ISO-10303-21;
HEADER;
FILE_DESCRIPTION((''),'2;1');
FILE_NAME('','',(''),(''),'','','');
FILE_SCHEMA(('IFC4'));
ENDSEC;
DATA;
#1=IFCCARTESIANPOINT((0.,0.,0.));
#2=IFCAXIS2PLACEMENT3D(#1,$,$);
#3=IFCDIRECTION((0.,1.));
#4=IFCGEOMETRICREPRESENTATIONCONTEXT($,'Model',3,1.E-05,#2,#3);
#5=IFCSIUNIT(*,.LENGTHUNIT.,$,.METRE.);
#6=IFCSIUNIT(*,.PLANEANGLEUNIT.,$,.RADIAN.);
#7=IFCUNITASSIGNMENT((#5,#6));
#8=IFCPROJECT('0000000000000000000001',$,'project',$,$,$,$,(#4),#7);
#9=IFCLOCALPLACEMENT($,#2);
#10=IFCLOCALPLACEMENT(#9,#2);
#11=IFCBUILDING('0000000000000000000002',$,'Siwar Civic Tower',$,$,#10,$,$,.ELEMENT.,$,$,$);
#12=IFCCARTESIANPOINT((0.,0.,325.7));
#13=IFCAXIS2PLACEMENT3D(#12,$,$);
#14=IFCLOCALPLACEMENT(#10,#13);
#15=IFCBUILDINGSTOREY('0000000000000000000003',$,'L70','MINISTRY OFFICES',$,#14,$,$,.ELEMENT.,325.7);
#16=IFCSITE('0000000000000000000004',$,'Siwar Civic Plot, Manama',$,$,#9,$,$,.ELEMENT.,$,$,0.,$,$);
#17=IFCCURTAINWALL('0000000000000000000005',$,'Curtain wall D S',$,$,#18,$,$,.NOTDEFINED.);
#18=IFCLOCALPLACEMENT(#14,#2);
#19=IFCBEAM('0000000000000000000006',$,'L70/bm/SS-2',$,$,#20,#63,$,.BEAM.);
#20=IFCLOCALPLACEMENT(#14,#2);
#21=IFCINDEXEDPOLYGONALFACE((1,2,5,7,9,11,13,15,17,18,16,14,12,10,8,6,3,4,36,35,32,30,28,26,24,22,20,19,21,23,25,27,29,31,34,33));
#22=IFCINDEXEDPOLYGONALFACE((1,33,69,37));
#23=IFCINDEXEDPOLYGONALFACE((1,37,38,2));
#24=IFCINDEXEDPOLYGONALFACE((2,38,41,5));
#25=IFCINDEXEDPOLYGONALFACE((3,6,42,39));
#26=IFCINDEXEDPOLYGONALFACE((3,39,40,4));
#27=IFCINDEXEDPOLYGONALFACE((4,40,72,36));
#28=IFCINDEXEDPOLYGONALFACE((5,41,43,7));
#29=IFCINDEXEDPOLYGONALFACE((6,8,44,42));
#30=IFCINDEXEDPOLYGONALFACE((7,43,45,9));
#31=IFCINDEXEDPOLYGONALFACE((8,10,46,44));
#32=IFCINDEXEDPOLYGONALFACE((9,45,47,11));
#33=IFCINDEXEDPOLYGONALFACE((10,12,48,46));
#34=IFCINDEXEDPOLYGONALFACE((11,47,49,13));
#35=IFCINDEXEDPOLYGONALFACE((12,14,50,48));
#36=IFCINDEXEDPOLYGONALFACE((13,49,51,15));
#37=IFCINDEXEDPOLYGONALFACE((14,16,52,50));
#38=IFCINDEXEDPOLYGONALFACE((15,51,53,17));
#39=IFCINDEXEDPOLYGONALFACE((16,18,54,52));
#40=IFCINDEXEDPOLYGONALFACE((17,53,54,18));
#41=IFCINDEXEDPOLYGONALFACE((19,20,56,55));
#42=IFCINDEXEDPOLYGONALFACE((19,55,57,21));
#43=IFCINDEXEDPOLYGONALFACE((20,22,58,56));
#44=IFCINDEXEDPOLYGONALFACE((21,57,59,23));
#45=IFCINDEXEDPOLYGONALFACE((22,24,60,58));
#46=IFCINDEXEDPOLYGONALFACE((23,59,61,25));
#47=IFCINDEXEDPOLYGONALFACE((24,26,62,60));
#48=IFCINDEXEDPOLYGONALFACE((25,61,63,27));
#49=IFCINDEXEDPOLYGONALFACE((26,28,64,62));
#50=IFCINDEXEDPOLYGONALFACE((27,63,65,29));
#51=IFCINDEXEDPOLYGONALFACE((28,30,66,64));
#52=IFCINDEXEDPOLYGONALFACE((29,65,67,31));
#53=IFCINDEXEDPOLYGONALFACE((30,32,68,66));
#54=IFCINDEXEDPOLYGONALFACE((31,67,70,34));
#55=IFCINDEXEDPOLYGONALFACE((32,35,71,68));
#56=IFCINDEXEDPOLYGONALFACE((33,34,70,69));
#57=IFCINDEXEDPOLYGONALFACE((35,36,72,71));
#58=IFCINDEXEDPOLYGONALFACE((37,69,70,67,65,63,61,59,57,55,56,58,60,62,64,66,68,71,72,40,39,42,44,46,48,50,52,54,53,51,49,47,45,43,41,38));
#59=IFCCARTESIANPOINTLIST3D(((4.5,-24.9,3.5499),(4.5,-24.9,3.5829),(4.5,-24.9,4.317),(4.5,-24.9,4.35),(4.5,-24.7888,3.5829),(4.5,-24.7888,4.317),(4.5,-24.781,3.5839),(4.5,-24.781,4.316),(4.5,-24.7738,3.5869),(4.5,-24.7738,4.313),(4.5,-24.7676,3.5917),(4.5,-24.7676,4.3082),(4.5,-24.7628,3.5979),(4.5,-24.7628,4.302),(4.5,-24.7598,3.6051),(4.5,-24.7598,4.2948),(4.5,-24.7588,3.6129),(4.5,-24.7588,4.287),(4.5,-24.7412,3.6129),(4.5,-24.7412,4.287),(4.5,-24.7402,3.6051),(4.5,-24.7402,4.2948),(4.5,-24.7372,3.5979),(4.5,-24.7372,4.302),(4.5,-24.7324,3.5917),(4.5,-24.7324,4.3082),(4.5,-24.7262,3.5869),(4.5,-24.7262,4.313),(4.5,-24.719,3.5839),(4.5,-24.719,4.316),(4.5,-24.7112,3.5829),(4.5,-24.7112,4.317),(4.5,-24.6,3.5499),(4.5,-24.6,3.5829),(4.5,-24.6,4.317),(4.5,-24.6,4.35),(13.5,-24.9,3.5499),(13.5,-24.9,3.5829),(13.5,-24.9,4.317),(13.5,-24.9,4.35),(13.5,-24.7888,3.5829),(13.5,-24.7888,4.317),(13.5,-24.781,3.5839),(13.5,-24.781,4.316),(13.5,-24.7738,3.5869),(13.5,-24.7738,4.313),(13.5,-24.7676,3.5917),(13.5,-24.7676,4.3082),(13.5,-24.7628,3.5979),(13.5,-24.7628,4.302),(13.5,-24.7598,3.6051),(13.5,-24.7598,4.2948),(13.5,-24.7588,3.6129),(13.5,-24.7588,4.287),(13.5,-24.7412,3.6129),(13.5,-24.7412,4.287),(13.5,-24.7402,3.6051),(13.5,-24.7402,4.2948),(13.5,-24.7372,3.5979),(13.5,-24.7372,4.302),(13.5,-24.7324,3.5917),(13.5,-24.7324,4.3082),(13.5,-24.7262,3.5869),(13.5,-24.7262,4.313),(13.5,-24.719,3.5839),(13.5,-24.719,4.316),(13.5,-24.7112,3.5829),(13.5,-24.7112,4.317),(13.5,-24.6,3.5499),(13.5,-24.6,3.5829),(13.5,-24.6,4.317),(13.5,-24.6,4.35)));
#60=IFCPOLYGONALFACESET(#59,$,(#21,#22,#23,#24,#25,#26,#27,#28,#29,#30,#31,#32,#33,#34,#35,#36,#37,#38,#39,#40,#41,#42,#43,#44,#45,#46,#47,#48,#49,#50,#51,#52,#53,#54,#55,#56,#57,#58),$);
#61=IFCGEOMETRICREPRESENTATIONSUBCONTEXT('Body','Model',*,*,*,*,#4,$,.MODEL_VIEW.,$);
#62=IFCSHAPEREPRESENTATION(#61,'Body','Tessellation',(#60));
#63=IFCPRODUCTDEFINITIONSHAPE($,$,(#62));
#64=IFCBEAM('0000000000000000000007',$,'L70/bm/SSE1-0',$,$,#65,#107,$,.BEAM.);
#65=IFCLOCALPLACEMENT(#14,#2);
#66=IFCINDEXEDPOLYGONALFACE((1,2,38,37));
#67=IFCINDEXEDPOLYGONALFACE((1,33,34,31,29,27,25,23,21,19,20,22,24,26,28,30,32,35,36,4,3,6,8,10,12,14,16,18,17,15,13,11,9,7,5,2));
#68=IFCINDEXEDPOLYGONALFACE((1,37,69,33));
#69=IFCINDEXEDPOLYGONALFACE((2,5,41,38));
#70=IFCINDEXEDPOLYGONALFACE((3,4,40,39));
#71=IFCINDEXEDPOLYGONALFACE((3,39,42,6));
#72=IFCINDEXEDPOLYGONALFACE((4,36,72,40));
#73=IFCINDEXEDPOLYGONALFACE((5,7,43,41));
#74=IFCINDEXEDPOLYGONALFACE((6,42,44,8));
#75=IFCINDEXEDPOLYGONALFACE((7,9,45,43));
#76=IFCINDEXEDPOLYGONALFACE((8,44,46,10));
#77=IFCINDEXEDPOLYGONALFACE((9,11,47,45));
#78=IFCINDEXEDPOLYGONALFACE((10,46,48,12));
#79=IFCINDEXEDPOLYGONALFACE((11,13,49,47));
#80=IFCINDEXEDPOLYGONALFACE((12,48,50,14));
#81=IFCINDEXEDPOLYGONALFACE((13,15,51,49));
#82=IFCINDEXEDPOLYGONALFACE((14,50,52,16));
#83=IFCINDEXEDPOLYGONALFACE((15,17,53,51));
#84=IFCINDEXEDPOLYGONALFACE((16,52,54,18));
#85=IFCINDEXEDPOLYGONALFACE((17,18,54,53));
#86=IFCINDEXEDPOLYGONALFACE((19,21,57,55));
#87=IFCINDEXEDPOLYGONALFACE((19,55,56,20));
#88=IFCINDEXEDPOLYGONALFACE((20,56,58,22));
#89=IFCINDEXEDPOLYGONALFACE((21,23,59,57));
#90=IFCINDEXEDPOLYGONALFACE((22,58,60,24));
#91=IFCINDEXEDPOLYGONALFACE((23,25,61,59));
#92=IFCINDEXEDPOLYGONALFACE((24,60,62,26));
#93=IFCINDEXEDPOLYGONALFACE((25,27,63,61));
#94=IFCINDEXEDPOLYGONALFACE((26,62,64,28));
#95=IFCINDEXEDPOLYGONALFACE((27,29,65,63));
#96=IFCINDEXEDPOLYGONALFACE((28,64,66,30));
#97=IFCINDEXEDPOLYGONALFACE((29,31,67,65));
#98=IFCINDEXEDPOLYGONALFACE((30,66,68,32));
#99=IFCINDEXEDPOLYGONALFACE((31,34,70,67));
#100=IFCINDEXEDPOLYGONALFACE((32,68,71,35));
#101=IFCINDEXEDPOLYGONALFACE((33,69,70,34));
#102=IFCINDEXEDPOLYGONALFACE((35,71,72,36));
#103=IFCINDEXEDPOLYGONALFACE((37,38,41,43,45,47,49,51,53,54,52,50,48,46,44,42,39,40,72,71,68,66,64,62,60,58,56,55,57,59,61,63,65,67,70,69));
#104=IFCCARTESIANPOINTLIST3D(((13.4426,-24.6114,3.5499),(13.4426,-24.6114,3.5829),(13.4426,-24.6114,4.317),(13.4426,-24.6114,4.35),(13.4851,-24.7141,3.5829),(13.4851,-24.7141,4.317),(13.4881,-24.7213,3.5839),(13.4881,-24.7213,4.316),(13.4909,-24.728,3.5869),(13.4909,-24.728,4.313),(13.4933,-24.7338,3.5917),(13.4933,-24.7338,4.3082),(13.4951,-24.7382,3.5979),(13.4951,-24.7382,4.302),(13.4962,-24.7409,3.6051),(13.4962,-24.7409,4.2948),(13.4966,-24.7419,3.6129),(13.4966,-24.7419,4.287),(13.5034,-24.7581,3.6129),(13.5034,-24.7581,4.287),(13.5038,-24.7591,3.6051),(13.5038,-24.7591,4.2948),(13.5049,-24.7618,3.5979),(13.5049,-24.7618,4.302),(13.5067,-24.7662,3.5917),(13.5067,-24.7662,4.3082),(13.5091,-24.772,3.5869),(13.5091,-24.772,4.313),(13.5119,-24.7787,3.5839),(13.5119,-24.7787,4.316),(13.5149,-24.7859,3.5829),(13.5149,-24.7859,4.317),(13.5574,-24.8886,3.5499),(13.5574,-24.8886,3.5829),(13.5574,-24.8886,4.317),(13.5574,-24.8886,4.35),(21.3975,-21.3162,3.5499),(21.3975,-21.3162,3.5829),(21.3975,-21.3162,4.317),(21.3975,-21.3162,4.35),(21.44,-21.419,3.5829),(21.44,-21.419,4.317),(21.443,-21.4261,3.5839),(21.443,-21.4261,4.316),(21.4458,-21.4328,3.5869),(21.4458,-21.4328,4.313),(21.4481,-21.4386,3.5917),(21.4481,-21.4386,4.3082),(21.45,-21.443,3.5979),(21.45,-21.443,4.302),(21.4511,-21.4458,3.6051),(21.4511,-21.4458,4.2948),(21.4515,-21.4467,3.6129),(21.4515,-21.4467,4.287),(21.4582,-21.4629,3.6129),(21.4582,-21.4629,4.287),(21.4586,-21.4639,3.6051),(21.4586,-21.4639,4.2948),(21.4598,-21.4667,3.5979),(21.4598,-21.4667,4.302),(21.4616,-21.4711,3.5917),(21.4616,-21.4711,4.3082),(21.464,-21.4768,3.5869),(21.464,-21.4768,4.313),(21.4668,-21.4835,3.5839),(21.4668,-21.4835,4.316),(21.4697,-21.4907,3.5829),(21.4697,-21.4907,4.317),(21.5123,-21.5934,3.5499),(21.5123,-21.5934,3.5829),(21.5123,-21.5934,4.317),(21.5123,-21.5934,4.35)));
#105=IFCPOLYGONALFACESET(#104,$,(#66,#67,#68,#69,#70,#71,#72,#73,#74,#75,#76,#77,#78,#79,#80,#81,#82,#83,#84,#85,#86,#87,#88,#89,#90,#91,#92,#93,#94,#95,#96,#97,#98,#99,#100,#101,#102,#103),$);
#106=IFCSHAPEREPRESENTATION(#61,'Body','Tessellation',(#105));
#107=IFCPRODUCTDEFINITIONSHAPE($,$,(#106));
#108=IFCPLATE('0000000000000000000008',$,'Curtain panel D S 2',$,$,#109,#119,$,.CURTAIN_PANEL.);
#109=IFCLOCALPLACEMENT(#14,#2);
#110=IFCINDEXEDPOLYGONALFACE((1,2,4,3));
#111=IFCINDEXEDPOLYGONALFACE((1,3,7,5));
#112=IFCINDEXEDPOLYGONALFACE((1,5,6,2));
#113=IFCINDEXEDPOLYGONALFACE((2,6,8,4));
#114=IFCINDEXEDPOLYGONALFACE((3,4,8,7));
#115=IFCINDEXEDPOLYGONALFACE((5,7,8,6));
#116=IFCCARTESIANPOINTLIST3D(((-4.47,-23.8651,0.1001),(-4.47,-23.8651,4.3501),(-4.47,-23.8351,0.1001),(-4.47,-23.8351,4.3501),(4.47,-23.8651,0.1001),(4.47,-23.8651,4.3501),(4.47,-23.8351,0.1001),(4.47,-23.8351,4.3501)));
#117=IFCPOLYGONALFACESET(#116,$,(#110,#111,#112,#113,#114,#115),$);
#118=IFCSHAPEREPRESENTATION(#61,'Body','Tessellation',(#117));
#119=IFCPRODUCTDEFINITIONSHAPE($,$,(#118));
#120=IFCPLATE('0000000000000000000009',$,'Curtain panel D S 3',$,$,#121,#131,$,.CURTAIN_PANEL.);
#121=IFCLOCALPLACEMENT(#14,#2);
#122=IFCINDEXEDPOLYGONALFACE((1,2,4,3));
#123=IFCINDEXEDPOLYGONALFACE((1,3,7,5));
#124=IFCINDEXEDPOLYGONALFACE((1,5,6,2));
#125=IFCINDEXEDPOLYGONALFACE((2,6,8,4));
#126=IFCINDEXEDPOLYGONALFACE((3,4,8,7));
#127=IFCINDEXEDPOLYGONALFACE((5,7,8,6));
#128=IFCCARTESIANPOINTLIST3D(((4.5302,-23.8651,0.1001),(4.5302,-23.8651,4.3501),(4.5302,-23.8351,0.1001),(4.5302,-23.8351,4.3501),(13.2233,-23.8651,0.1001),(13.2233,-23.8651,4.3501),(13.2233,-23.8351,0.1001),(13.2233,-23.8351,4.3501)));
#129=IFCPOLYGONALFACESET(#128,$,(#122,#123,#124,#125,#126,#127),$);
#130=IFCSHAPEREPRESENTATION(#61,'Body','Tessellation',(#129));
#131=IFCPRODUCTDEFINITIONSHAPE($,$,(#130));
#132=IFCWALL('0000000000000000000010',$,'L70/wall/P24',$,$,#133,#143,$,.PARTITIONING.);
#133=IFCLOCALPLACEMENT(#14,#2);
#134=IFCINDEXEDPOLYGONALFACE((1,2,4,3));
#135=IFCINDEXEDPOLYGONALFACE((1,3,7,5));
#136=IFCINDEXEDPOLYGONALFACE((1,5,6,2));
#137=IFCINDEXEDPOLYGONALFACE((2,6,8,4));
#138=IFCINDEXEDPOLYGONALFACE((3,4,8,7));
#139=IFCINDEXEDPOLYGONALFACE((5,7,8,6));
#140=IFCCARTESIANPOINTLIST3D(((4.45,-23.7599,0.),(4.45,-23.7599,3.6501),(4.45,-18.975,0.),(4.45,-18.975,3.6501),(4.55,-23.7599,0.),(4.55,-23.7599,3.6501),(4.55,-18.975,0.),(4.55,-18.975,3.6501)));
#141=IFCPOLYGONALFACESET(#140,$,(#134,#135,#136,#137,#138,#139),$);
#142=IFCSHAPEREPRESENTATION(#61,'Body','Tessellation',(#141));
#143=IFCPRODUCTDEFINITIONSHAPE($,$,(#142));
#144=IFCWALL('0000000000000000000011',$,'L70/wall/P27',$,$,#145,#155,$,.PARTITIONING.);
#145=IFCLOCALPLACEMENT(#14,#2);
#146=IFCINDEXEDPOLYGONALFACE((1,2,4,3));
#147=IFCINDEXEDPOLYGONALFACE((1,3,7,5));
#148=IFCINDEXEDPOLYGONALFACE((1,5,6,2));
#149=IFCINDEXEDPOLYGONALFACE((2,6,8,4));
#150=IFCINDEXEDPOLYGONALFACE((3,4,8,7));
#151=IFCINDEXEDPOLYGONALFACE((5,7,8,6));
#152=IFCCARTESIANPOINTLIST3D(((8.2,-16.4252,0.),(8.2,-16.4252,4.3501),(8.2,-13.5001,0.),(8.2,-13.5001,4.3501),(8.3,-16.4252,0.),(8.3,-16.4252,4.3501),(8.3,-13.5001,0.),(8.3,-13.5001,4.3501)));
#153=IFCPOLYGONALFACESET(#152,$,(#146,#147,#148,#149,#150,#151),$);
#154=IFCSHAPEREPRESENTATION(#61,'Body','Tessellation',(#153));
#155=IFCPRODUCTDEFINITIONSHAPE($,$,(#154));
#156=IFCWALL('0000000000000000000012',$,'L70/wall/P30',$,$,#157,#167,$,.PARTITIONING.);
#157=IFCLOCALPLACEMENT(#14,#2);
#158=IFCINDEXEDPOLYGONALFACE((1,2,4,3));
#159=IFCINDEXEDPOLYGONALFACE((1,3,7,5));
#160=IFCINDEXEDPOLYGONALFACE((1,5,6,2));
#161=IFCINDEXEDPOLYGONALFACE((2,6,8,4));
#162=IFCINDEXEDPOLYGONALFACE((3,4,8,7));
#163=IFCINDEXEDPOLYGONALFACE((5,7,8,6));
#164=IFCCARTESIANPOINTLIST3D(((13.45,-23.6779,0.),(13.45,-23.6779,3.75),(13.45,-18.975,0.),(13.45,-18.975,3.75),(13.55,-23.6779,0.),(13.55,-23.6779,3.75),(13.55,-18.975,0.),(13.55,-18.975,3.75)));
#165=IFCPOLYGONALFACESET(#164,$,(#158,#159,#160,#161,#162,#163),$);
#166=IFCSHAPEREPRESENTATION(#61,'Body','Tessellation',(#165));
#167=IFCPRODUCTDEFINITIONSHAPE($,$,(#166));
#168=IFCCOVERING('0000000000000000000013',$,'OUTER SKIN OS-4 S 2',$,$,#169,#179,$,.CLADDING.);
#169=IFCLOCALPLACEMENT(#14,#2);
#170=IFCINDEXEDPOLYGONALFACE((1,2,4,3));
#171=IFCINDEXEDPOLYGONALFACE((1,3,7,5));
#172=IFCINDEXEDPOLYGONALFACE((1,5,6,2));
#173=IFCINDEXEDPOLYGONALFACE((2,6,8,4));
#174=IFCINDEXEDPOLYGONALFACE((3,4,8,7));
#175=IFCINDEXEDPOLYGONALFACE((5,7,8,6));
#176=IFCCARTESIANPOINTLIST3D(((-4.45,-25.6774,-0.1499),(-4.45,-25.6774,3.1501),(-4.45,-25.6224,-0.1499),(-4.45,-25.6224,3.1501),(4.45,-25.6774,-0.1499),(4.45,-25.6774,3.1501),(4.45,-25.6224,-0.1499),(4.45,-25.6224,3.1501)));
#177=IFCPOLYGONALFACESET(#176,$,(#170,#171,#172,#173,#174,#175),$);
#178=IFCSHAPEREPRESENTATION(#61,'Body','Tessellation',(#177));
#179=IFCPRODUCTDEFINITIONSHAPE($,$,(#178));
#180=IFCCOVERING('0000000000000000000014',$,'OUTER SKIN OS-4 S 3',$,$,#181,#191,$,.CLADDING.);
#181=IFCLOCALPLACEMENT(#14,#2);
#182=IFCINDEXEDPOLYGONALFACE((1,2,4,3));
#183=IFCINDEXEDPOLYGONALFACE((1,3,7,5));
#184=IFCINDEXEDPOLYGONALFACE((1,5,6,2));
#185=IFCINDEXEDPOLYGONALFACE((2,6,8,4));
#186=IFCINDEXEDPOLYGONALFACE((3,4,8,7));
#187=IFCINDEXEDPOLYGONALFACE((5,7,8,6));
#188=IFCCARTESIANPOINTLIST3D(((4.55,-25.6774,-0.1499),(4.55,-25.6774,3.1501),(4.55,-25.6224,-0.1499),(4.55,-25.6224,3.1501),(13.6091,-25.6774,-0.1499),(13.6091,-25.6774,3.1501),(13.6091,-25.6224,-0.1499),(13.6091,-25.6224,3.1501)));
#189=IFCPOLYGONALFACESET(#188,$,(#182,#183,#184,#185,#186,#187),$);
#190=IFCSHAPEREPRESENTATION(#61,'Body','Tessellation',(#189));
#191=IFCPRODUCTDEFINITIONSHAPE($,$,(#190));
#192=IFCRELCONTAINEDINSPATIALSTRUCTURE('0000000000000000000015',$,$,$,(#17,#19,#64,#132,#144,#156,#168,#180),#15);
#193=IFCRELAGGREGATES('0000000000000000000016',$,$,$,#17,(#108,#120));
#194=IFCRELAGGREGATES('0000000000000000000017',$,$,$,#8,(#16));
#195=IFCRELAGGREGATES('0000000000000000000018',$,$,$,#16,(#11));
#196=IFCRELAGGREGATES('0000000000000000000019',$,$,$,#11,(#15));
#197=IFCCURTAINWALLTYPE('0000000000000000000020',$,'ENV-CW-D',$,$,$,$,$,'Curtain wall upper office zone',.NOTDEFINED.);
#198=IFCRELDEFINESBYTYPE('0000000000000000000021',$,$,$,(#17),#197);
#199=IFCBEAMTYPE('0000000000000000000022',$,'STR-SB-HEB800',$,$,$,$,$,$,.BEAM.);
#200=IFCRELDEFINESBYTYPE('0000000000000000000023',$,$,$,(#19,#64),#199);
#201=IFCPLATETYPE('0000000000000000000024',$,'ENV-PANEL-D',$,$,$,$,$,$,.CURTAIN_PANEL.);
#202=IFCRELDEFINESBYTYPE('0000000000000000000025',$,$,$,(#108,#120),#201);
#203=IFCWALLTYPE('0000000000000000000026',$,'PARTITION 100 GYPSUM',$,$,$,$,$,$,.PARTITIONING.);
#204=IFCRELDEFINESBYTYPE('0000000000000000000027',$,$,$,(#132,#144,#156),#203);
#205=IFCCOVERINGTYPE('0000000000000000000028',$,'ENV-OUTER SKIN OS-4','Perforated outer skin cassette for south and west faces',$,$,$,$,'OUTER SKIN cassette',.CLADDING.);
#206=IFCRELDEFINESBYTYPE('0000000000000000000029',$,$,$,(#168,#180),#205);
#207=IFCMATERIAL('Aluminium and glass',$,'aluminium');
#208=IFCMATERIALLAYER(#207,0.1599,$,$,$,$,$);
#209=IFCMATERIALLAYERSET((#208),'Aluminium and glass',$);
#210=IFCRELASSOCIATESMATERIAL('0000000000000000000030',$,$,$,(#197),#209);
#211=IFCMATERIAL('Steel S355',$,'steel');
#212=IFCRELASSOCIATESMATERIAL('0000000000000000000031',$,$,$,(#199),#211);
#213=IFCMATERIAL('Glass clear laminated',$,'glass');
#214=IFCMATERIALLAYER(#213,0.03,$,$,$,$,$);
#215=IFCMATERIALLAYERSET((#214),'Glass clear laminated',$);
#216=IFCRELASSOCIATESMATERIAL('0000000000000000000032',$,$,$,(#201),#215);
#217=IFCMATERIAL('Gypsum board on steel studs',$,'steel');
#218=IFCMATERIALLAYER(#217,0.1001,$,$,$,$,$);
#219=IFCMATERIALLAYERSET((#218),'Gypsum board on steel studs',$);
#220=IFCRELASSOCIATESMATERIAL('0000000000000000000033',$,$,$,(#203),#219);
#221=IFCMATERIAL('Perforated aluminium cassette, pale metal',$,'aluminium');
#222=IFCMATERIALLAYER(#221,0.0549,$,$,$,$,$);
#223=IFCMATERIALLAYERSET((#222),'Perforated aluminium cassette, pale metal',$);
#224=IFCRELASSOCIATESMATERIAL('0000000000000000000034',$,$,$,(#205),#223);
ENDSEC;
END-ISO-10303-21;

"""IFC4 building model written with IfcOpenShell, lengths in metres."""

from ifc_helpers import new_model, si_unit, direction, frame, frame_2d, origin, origin_2d, place, context, subcontext, project, spatial, rectangle, i_section, extrude, material, layer, layer_set, material_profile, profile_set, type_object, element, aggregate, save


model = new_model("IFC4")

# Units and contexts
model_context = context("Model", 3, precision=1e-05, world=origin(), true_north=direction((0.0, 1.0)))
body_context = subcontext(model_context, "Body", "Model", "MODEL_VIEW")
ifc_project = project(units=[si_unit("LENGTHUNIT", "METRE"), si_unit("PLANEANGLEUNIT", "RADIAN")], contexts=[model_context])

# Site, building, storey
site_placement = place(None, origin())
site = spatial("IfcSite", under=ifc_project, at=site_placement, Name="Siwar Civic Plot, Manama", CompositionType="ELEMENT", RefElevation=0.0)
building_placement = place(site_placement, origin())
building = spatial("IfcBuilding", under=site, at=building_placement, Name="Siwar Civic Tower", CompositionType="ELEMENT")
storey_placement = place(building_placement, frame((0.0, 0.0, 325.7)))
storey = spatial("IfcBuildingStorey", under=building, at=storey_placement, Name="L70", Description="MINISTRY OFFICES", CompositionType="ELEMENT", Elevation=325.7)

# Curtain wall
ifc_material_1 = material(Name="Aluminium and glass", Category="aluminium")
ifc_layer_1 = layer(ifc_material_1, 0.1599)
ifc_layer_set_1 = layer_set([ifc_layer_1], Name="Aluminium and glass")
curtain_wall_type_1 = type_object("IfcCurtainWallType", Name="ENV-CW-D", ElementType="Curtain wall upper office zone", PredefinedType="NOTDEFINED", material=ifc_layer_set_1)
curtain_wall_1_placement = place(storey_placement, origin())
curtain_wall_1 = element("IfcCurtainWall", 1, at=curtain_wall_1_placement, inside=storey, type_object=curtain_wall_type_1, Name="Curtain wall D S", PredefinedType="NOTDEFINED")

# Beams
ifc_material_2 = material(Name="Steel S355", Category="steel")
ifc_material_profile_1 = material_profile(ifc_material_2, i_section(OverallWidth=0.3, OverallDepth=0.8, WebThickness=0.0176, FlangeThickness=0.033, FilletRadius=0.03, at=origin_2d()), Name="HEB800")
ifc_profile_set_1 = profile_set([ifc_material_profile_1], Name="Steel S355")
beam_type_1 = type_object("IfcBeamType", Name="STR-SB-HEB800", PredefinedType="BEAM", material=ifc_profile_set_1)
beam_1_placement = place(storey_placement, frame((4.5, -24.75, 3.95), z_axis=(1.0, 0.0, 0.0), x_axis=(0.0, 1.0, 0.0)))
element("IfcBeam", 2, at=beam_1_placement, inside=storey, type_object=beam_type_1, Name="L70/bm/SS-2", PredefinedType="BEAM", context=body_context, shape_type="SweptSolid", body=[
    extrude(i_section(OverallWidth=0.3, OverallDepth=0.8, WebThickness=0.0176, FlangeThickness=0.033, FilletRadius=0.03, at=origin_2d()), origin(), (0.0, 0.0, 1.0), 9.0),
])
beam_2_placement = place(storey_placement, frame((13.5, -24.75, 3.95), z_axis=(0.923873, 0.3827, 0.0), x_axis=(-0.3827, 0.923873, 0.0)))
element("IfcBeam", 3, at=beam_2_placement, inside=storey, type_object=beam_type_1, Name="L70/bm/SSE1-0", PredefinedType="BEAM", context=body_context, shape_type="SweptSolid", body=[
    extrude(i_section(OverallWidth=0.3, OverallDepth=0.8, WebThickness=0.0176, FlangeThickness=0.033, FilletRadius=0.03, at=origin_2d()), origin(), (0.0, 0.0, 1.0), 8.6104),
])

# Plates
ifc_material_3 = material(Name="Glass clear laminated", Category="glass")
ifc_layer_2 = layer(ifc_material_3, 0.03)
ifc_layer_set_2 = layer_set([ifc_layer_2], Name="Glass clear laminated")
plate_type = type_object("IfcPlateType", Name="ENV-PANEL-D", PredefinedType="CURTAIN_PANEL", material=ifc_layer_set_2)
plate_1_placement = place(storey_placement, frame((0.0, -23.8501, 0.1001), z_axis=(0.0, 0.0, 1.0), x_axis=(1.0, 0.0, 0.0)))
plate_1 = element("IfcPlate", 4, at=plate_1_placement, type_object=plate_type, Name="Curtain panel D S 2", PredefinedType="CURTAIN_PANEL", context=body_context, shape_type="SweptSolid", body=[
    extrude(rectangle(XDim=8.9399, YDim=0.03, at=origin_2d()), origin(), (0.0, 0.0, 1.0), 4.25),
])
plate_2_placement = place(storey_placement, frame((8.8767, -23.8501, 0.1001), z_axis=(0.0, 0.0, 1.0), x_axis=(1.0, 0.0, 0.0)))
plate_2 = element("IfcPlate", 5, at=plate_2_placement, type_object=plate_type, Name="Curtain panel D S 3", PredefinedType="CURTAIN_PANEL", context=body_context, shape_type="SweptSolid", body=[
    extrude(rectangle(XDim=8.6931, YDim=0.03, at=origin_2d()), origin(), (0.0, 0.0, 1.0), 4.25),
])
aggregate(curtain_wall_1, [plate_1, plate_2])

# Walls
ifc_material_4 = material(Name="Gypsum board on steel studs", Category="steel")
ifc_layer_3 = layer(ifc_material_4, 0.1001)
ifc_layer_set_3 = layer_set([ifc_layer_3], Name="Gypsum board on steel studs")
wall_type = type_object("IfcWallType", Name="PARTITION 100 GYPSUM", PredefinedType="PARTITIONING", material=ifc_layer_set_3)
wall_1_placement = place(storey_placement, frame((4.5, -23.76, 0.0), z_axis=(0.0, 0.0, 1.0), x_axis=(0.0, 1.0, 0.0)))
element("IfcWall", 6, at=wall_1_placement, inside=storey, type_object=wall_type, Name="L70/wall/P24", PredefinedType="PARTITIONING", context=body_context, shape_type="SweptSolid", body=[
    extrude(rectangle(XDim=4.7849, YDim=0.1001, at=frame_2d((2.3926, 0.0))), origin(), (0.0, 0.0, 1.0), 3.6501),
])
wall_2_placement = place(storey_placement, frame((8.25, -16.425, 0.0), z_axis=(0.0, 0.0, 1.0), x_axis=(0.0, 1.0, 0.0)))
element("IfcWall", 7, at=wall_2_placement, inside=storey, type_object=wall_type, Name="L70/wall/P27", PredefinedType="PARTITIONING", context=body_context, shape_type="SweptSolid", body=[
    extrude(rectangle(XDim=2.925, YDim=0.1001, at=frame_2d((1.4624, 0.0))), origin(), (0.0, 0.0, 1.0), 4.3501),
])
wall_3_placement = place(storey_placement, frame((13.5, -23.678, 0.0), z_axis=(0.0, 0.0, 1.0), x_axis=(0.0, 1.0, 0.0)))
element("IfcWall", 8, at=wall_3_placement, inside=storey, type_object=wall_type, Name="L70/wall/P30", PredefinedType="PARTITIONING", context=body_context, shape_type="SweptSolid", body=[
    extrude(rectangle(XDim=4.7029, YDim=0.1001, at=frame_2d((2.3516, 0.0))), origin(), (0.0, 0.0, 1.0), 3.75),
])

# Coverings
ifc_material_5 = material(Name="Perforated aluminium cassette, pale metal", Category="aluminium")
ifc_layer_4 = layer(ifc_material_5, 0.0549)
ifc_layer_set_4 = layer_set([ifc_layer_4], Name="Perforated aluminium cassette, pale metal")
covering_type = type_object("IfcCoveringType", Name="ENV-OUTER SKIN OS-4", Description="Perforated outer skin cassette for south and west faces", ElementType="OUTER SKIN cassette", PredefinedType="CLADDING", material=ifc_layer_set_4)
covering_1_placement = place(storey_placement, frame((0.0, -25.6499, -0.1499), z_axis=(0.0, 0.0, 1.0), x_axis=(1.0, 0.0, 0.0)))
element("IfcCovering", 9, at=covering_1_placement, inside=storey, type_object=covering_type, Name="OUTER SKIN OS-4 S 2", PredefinedType="CLADDING", context=body_context, shape_type="SweptSolid", body=[
    extrude(rectangle(XDim=8.8999, YDim=0.0549, at=origin_2d()), origin(), (0.0, 0.0, 1.0), 3.3),
])
covering_2_placement = place(storey_placement, frame((9.0796, -25.6499, -0.1499), z_axis=(0.0, 0.0, 1.0), x_axis=(1.0, 0.0, 0.0)))
element("IfcCovering", 10, at=covering_2_placement, inside=storey, type_object=covering_type, Name="OUTER SKIN OS-4 S 3", PredefinedType="CLADDING", context=body_context, shape_type="SweptSolid", body=[
    extrude(rectangle(XDim=9.0591, YDim=0.0549, at=origin_2d()), origin(), (0.0, 0.0, 1.0), 3.3),
])

save(model, "model.ifc")
